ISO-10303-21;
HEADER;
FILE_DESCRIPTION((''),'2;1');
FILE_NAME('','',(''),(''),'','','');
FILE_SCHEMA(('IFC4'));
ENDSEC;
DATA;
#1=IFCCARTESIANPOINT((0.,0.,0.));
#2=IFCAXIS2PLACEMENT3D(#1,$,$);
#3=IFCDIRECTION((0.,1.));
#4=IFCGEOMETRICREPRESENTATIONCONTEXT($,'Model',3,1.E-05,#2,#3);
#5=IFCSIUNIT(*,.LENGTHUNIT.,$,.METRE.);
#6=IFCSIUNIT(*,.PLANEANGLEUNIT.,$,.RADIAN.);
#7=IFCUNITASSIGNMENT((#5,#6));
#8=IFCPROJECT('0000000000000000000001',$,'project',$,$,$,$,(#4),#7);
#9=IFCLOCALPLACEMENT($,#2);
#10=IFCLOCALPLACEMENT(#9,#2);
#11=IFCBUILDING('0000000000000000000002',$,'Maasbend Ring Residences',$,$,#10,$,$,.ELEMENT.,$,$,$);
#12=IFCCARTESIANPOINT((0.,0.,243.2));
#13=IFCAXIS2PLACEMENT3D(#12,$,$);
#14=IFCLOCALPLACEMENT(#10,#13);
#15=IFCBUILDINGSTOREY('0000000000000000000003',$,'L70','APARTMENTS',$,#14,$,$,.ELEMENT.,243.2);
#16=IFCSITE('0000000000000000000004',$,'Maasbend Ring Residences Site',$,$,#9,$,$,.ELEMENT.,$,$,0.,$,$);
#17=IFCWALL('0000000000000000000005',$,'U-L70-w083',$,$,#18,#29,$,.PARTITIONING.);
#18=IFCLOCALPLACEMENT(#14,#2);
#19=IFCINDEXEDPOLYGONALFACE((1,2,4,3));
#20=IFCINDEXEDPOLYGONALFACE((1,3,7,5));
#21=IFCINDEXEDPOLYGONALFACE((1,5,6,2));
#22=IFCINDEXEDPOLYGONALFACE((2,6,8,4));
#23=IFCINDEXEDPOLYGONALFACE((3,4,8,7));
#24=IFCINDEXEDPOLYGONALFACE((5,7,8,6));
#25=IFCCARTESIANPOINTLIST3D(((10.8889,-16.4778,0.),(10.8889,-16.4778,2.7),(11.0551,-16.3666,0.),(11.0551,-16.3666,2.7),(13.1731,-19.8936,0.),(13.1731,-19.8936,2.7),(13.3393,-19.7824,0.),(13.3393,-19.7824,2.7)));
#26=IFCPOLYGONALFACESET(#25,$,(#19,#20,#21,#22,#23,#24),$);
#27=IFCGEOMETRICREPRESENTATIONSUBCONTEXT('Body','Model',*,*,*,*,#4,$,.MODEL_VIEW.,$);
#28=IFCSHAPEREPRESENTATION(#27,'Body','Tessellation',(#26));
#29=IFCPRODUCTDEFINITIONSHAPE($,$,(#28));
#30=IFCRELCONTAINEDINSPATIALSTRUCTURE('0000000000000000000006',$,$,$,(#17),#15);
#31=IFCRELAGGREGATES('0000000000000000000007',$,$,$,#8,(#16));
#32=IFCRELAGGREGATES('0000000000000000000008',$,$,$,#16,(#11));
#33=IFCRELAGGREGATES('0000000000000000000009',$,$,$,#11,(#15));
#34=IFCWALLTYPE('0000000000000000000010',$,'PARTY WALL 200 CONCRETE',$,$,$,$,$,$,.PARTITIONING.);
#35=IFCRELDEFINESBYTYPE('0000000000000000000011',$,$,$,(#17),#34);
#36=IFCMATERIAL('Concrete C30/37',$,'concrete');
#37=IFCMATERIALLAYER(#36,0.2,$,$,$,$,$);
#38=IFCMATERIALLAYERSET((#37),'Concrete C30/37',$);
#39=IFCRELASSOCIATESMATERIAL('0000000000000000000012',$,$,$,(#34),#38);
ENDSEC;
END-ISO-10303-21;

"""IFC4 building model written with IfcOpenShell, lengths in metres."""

from ifc_helpers import new_model, si_unit, direction, frame, frame_2d, origin, place, context, subcontext, project, spatial, rectangle, extrude, material, layer, layer_set, type_object, element, save


model = new_model("IFC4")

# Units and contexts
model_context = context("Model", 3, precision=1e-05, world=origin(), true_north=direction((0.0, 1.0)))
body_context = subcontext(model_context, "Body", "Model", "MODEL_VIEW")
ifc_project = project(units=[si_unit("LENGTHUNIT", "METRE"), si_unit("PLANEANGLEUNIT", "RADIAN")], contexts=[model_context])

# Site, building, storey
site_placement = place(None, origin())
site = spatial("IfcSite", under=ifc_project, at=site_placement, Name="Maasbend Ring Residences Site", CompositionType="ELEMENT", RefElevation=0.0)
building_placement = place(site_placement, origin())
building = spatial("IfcBuilding", under=site, at=building_placement, Name="Maasbend Ring Residences", CompositionType="ELEMENT")
storey_placement = place(building_placement, frame((0.0, 0.0, 243.2)))
storey = spatial("IfcBuildingStorey", under=building, at=storey_placement, Name="L70", Description="APARTMENTS", CompositionType="ELEMENT", Elevation=243.2)

# Wall
ifc_material_1 = material(Name="Concrete C30/37", Category="concrete")
ifc_layer_1 = layer(ifc_material_1, 0.2)
ifc_layer_set_1 = layer_set([ifc_layer_1], Name="Concrete C30/37")
wall_type_1 = type_object("IfcWallType", Name="PARTY WALL 200 CONCRETE", PredefinedType="PARTITIONING", material=ifc_layer_set_1)
wall_1_placement = place(storey_placement, frame((10.9719, -16.4221, 0.0), z_axis=(0.0, 0.0, 1.0), x_axis=(0.555879, -0.831263, 0.0)))
element("IfcWall", 1, at=wall_1_placement, inside=storey, type_object=wall_type_1, Name="U-L70-w083", PredefinedType="PARTITIONING", context=body_context, shape_type="SweptSolid", body=[
    extrude(rectangle(XDim=4.1091, YDim=0.2, at=frame_2d((2.0547, 0.0))), origin(), (0.0, 0.0, 1.0), 2.7),
])

save(model, "model.ifc")
